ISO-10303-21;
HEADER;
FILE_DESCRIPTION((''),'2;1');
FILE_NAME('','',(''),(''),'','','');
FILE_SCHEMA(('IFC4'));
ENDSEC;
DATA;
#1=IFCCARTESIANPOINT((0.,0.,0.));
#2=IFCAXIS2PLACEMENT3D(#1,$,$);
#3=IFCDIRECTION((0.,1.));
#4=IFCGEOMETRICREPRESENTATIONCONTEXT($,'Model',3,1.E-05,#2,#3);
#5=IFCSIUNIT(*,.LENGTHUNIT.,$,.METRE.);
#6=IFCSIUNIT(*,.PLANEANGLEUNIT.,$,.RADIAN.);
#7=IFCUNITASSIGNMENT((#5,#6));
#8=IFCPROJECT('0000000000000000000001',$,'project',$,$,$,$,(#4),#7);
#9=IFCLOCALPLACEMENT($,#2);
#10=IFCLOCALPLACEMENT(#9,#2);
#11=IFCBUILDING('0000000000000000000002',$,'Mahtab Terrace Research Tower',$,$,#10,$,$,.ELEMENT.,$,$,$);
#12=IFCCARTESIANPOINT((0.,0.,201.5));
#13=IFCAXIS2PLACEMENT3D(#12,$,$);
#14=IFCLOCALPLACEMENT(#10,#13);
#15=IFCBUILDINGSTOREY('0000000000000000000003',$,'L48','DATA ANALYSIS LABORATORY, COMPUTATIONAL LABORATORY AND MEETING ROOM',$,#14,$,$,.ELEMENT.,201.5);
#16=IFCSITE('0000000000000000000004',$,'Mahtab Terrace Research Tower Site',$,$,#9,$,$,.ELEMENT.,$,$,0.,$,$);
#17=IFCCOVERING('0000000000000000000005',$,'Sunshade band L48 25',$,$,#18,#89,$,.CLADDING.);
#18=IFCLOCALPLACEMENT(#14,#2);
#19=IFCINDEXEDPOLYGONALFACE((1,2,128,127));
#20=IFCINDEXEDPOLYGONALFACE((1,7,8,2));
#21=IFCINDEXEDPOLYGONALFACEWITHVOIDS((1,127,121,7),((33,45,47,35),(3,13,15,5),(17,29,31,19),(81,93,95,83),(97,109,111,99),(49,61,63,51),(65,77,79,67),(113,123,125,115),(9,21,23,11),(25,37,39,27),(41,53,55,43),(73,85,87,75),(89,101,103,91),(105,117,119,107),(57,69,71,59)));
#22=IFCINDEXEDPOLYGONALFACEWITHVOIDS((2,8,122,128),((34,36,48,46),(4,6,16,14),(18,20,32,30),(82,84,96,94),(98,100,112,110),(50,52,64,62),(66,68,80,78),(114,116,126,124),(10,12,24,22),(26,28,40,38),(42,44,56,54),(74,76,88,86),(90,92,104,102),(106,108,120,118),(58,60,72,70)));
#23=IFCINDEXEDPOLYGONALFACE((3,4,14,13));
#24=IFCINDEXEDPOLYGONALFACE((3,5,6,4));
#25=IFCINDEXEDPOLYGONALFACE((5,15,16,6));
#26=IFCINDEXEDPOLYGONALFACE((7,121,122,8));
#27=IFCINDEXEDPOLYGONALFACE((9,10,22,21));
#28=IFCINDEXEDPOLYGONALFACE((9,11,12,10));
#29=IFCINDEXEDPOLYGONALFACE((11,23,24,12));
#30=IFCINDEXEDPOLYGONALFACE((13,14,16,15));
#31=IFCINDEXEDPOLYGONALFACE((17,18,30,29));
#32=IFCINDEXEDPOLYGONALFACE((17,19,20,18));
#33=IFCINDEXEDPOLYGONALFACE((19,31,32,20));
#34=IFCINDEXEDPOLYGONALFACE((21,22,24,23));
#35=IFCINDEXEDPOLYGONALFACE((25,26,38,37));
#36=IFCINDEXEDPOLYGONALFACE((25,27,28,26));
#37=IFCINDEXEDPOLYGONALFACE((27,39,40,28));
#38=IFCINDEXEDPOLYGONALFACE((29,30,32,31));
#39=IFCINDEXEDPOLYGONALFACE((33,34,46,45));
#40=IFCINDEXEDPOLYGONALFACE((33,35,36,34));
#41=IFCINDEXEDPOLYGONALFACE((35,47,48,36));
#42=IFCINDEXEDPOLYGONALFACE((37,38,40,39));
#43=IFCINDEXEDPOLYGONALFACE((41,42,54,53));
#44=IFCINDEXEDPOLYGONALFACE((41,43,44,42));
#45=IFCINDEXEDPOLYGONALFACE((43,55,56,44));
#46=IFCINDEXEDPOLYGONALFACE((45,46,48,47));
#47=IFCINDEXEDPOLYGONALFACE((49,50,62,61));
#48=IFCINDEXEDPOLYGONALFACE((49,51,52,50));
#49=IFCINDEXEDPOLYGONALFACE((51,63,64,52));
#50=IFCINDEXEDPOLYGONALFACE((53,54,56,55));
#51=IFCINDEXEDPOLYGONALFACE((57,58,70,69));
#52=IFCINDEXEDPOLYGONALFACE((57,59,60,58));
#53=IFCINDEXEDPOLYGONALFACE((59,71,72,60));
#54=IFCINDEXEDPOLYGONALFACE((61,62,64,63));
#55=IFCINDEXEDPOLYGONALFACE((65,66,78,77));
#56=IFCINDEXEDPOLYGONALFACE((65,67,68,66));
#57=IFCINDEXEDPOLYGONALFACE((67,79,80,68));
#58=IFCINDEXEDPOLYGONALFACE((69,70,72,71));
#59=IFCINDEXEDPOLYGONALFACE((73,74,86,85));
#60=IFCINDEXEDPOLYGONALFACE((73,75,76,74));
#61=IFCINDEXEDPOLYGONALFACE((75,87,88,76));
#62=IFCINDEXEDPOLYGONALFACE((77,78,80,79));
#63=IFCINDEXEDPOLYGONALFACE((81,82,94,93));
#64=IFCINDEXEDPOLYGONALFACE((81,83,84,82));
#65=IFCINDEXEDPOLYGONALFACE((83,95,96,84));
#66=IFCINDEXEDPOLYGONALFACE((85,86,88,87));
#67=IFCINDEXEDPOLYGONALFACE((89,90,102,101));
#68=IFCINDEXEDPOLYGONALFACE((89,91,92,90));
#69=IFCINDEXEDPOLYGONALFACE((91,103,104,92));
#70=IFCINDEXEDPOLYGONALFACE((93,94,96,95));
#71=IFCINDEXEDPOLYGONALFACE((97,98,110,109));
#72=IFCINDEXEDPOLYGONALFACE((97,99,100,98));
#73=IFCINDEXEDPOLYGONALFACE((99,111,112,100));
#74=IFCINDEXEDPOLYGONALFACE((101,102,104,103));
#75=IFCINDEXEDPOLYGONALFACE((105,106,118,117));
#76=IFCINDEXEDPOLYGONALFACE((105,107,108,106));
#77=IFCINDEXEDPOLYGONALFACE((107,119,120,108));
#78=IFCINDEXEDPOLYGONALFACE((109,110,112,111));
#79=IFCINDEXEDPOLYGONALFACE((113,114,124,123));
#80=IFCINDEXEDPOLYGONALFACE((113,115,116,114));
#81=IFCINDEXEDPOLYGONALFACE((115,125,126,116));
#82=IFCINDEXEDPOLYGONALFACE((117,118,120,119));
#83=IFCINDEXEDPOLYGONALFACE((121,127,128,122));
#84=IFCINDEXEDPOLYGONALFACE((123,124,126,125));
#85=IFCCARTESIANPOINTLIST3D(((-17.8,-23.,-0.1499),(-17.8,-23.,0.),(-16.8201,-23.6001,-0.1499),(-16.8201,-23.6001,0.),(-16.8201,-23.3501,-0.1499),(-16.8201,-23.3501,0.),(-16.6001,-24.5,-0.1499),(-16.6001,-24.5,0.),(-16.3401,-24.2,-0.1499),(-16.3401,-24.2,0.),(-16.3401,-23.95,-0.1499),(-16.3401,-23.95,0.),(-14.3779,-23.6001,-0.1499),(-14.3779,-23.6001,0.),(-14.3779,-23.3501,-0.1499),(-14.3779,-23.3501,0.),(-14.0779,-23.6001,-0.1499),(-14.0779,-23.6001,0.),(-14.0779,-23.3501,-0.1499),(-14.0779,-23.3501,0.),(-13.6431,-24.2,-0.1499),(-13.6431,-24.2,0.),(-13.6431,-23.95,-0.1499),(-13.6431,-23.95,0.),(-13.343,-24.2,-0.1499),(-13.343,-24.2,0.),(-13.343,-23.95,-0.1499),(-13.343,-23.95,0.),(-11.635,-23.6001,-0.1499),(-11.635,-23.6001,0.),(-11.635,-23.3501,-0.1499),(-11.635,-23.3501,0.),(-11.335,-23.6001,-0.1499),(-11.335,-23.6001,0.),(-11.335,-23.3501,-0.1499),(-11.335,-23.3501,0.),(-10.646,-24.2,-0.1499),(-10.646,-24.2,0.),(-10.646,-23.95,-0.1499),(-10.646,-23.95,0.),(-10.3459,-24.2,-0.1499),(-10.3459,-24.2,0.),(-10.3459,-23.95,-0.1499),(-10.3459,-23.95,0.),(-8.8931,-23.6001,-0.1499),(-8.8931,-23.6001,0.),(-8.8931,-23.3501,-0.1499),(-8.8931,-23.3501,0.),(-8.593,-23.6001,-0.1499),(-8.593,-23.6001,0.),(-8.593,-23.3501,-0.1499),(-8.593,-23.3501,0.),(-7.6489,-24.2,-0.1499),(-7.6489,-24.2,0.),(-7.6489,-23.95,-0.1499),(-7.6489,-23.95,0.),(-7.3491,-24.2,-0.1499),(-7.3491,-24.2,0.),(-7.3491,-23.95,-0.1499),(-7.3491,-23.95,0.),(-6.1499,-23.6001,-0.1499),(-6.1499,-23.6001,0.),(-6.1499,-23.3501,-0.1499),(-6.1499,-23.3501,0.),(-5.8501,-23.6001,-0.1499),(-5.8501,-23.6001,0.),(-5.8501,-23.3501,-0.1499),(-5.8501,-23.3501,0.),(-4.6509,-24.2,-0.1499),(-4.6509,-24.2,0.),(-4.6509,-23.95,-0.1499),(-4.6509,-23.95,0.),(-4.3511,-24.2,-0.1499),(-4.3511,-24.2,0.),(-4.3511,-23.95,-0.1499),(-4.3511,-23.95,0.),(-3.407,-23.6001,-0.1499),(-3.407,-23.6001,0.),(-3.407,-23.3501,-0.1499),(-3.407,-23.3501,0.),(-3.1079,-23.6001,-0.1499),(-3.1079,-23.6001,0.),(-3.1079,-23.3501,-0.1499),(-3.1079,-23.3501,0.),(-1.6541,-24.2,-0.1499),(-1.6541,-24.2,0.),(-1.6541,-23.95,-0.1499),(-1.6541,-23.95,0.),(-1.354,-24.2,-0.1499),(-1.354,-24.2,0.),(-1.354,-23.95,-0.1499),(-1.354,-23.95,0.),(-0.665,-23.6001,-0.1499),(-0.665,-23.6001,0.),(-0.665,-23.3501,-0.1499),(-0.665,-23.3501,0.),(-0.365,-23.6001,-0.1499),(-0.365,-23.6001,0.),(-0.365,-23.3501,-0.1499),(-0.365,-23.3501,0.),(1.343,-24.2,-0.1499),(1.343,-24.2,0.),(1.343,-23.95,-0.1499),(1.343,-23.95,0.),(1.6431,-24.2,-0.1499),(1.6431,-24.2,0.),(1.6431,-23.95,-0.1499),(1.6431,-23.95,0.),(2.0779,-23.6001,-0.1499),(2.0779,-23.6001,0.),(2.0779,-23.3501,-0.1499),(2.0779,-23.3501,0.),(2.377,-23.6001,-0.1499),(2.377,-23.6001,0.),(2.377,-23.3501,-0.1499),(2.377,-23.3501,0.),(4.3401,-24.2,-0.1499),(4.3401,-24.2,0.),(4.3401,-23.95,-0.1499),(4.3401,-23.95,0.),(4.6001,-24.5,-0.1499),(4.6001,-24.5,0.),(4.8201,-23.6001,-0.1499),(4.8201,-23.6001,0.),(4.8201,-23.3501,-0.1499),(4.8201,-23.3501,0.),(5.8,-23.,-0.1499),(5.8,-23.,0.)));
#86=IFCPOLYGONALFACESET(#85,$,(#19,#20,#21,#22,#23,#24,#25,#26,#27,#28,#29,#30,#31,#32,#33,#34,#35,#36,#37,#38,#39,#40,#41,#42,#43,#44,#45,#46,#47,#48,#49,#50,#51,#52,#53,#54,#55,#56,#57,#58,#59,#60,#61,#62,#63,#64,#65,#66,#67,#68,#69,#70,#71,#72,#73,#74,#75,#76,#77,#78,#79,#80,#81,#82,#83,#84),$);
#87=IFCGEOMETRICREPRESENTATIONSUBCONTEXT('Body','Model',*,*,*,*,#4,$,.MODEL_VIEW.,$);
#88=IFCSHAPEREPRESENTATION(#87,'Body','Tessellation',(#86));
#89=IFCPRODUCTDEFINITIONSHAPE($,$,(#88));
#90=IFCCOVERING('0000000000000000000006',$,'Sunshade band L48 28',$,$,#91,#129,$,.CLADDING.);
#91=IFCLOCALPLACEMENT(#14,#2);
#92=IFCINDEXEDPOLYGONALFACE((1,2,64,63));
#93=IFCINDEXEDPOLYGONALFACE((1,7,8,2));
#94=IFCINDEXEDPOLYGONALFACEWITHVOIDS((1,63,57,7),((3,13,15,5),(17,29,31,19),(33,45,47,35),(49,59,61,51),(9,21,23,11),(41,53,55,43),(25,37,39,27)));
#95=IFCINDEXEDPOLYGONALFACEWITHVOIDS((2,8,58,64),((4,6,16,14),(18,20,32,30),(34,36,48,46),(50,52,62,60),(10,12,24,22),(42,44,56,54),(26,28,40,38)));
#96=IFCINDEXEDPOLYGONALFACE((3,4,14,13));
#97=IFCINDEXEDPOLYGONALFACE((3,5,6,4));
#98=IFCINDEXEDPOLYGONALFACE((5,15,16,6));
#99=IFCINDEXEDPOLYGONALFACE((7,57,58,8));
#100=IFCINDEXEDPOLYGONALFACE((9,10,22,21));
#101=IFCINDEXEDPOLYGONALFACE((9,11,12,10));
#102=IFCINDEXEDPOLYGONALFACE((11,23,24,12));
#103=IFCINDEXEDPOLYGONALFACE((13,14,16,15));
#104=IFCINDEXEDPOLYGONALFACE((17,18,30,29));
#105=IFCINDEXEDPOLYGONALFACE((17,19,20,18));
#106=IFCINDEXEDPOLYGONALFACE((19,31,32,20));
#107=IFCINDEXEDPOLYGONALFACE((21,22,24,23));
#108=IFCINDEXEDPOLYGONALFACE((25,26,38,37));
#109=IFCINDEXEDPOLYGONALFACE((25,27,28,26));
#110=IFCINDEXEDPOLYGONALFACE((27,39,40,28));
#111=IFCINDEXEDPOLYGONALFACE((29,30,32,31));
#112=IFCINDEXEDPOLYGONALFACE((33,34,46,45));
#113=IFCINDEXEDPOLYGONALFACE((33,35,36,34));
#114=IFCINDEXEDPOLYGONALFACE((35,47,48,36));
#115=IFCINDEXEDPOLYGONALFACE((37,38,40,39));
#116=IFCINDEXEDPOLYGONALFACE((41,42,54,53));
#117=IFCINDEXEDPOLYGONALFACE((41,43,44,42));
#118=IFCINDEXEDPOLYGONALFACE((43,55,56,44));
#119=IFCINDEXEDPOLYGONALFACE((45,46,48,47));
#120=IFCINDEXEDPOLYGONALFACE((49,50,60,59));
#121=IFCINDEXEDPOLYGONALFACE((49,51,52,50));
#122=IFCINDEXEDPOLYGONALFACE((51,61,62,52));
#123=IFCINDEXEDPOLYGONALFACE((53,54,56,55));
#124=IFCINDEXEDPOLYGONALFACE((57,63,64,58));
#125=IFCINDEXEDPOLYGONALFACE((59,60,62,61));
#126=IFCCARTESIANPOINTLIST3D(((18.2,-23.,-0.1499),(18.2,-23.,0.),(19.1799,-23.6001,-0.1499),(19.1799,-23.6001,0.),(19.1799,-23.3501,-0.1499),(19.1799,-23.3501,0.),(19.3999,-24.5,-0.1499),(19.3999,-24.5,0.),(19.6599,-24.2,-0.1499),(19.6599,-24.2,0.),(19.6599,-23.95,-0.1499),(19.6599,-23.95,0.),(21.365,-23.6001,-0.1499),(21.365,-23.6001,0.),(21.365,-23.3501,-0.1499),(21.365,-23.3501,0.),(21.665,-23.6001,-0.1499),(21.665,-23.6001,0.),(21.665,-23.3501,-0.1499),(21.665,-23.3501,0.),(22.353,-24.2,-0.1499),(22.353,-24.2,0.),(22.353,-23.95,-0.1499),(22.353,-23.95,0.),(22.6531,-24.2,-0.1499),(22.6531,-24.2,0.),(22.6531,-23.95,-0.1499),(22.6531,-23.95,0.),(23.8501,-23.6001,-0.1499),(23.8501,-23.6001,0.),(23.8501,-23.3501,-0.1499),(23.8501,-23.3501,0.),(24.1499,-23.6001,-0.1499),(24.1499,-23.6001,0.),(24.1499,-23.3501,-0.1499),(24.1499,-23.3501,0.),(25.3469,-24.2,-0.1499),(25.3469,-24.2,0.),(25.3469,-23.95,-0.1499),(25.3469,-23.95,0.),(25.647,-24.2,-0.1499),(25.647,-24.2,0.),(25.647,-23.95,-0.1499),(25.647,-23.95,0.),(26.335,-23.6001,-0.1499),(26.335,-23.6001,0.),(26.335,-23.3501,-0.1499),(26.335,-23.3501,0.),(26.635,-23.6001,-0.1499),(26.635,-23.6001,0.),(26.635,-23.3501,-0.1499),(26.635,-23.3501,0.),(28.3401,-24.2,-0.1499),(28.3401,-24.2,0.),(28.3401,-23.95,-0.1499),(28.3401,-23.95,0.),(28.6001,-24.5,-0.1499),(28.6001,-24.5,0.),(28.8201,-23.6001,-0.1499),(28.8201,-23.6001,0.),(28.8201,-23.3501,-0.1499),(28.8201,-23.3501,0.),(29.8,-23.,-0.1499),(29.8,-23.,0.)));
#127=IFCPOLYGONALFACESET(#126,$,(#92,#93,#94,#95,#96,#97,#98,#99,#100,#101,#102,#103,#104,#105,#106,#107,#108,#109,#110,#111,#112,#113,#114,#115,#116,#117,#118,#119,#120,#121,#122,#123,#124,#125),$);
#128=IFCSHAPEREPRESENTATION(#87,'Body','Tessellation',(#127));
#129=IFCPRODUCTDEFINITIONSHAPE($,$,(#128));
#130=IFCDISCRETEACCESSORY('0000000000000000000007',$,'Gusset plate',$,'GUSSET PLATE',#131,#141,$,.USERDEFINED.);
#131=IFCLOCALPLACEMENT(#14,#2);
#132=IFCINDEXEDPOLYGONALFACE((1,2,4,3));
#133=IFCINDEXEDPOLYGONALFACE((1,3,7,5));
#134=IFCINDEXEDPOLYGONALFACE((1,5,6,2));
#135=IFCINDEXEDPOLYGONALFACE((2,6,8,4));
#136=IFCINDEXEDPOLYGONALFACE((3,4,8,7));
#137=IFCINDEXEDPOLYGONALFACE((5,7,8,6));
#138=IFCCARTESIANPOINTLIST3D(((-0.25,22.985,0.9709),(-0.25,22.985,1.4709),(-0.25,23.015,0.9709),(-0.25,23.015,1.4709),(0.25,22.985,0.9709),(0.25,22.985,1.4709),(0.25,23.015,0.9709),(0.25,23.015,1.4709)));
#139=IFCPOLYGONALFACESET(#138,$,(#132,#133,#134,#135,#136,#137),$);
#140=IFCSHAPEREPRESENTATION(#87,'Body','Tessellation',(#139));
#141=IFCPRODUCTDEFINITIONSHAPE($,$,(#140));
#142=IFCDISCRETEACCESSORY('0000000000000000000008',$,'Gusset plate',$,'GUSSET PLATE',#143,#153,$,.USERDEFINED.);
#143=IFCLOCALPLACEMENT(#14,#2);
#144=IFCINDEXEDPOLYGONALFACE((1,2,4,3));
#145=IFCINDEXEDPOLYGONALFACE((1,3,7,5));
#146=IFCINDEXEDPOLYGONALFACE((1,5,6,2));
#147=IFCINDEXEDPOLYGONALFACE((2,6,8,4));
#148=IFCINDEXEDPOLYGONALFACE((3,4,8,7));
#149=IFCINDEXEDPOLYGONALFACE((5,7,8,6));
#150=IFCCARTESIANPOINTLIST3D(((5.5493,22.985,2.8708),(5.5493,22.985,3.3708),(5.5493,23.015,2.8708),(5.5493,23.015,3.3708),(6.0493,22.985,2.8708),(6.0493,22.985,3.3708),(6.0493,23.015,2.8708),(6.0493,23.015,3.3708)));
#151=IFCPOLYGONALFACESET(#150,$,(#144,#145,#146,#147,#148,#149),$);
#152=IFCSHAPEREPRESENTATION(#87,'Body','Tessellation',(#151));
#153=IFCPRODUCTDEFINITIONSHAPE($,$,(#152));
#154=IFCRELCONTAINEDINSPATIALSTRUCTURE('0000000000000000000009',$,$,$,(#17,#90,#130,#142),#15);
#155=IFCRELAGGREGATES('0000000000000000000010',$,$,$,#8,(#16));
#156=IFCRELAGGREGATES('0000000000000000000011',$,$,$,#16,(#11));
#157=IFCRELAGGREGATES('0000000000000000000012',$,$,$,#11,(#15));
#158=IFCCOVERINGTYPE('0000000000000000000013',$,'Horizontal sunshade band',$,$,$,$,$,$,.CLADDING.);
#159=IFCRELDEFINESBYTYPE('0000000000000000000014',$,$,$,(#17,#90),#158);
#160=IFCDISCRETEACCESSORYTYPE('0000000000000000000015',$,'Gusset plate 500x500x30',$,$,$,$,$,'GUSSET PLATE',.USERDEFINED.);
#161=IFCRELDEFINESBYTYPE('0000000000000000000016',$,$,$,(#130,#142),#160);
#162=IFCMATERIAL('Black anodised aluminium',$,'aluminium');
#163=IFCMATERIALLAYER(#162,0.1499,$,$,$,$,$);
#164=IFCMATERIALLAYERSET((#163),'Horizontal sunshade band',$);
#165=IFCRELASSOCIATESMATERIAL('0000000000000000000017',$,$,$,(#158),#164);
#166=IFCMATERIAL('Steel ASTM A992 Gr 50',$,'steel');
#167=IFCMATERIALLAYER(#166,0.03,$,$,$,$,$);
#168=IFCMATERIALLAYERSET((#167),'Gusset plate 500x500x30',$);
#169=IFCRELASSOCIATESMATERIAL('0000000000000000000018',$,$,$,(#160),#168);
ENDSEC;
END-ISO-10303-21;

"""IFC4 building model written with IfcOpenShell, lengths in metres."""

from ifc_helpers import new_model, si_unit, direction, frame, origin, origin_2d, place, context, subcontext, project, spatial, polyline, rectangle, outline, extrude, material, layer, layer_set, type_object, element, save


model = new_model("IFC4")

# Units and contexts
model_context = context("Model", 3, precision=1e-05, world=origin(), true_north=direction((0.0, 1.0)))
body_context = subcontext(model_context, "Body", "Model", "MODEL_VIEW")
ifc_project = project(units=[si_unit("LENGTHUNIT", "METRE"), si_unit("PLANEANGLEUNIT", "RADIAN")], contexts=[model_context])

# Site, building, storey
site_placement = place(None, origin())
site = spatial("IfcSite", under=ifc_project, at=site_placement, Name="Mahtab Terrace Research Tower Site", CompositionType="ELEMENT", RefElevation=0.0)
building_placement = place(site_placement, origin())
building = spatial("IfcBuilding", under=site, at=building_placement, Name="Mahtab Terrace Research Tower", CompositionType="ELEMENT")
storey_placement = place(building_placement, frame((0.0, 0.0, 201.5)))
storey = spatial("IfcBuildingStorey", under=building, at=storey_placement, Name="L48", Description="DATA ANALYSIS LABORATORY, COMPUTATIONAL LABORATORY AND MEETING ROOM", CompositionType="ELEMENT", Elevation=201.5)

# Shared definitions
ifc_material_1 = material(Name="Steel ASTM A992 Gr 50", Category="steel")

# Coverings
ifc_material_2 = material(Name="Black anodised aluminium", Category="aluminium")
ifc_layer_1 = layer(ifc_material_2, 0.1499)
ifc_layer_set_1 = layer_set([ifc_layer_1], Name="Horizontal sunshade band")
covering_type_1 = type_object("IfcCoveringType", Name="Horizontal sunshade band", PredefinedType="CLADDING", material=ifc_layer_set_1)
covering_1_placement = place(storey_placement, frame((0.0, 0.0, -0.1499)))
element("IfcCovering", 1, at=covering_1_placement, inside=storey, type_object=covering_type_1, Name="Sunshade band L48 25", PredefinedType="CLADDING", context=body_context, shape_type="SweptSolid", body=[
    extrude(outline(polyline([(-17.8, -23.0), (5.8, -23.0), (4.6001, -24.5), (-16.6001, -24.5), (-17.8, -23.0)]), holes=[polyline([(-16.8201, -23.3501), (-14.3779, -23.3501), (-14.3779, -23.6001), (-16.8201, -23.6001), (-16.8201, -23.3501)]), polyline([(-14.0779, -23.3501), (-11.635, -23.3501), (-11.635, -23.6001), (-14.0779, -23.6001), (-14.0779, -23.3501)]), polyline([(-11.335, -23.3501), (-8.8931, -23.3501), (-8.8931, -23.6001), (-11.335, -23.6001), (-11.335, -23.3501)]), polyline([(-8.593, -23.3501), (-6.1499, -23.3501), (-6.1499, -23.6001), (-8.593, -23.6001), (-8.593, -23.3501)]), polyline([(-5.8501, -23.3501), (-3.407, -23.3501), (-3.407, -23.6001), (-5.8501, -23.6001), (-5.8501, -23.3501)]), polyline([(-3.1079, -23.3501), (-0.665, -23.3501), (-0.665, -23.6001), (-3.1079, -23.6001), (-3.1079, -23.3501)]), polyline([(-0.365, -23.3501), (2.0779, -23.3501), (2.0779, -23.6001), (-0.365, -23.6001), (-0.365, -23.3501)]), polyline([(2.377, -23.3501), (4.8201, -23.3501), (4.8201, -23.6001), (2.377, -23.6001), (2.377, -23.3501)]), polyline([(-16.3401, -23.95), (-13.6431, -23.95), (-13.6431, -24.2), (-16.3401, -24.2), (-16.3401, -23.95)]), polyline([(-13.343, -23.95), (-10.646, -23.95), (-10.646, -24.2), (-13.343, -24.2), (-13.343, -23.95)]), polyline([(-10.3459, -23.95), (-7.6489, -23.95), (-7.6489, -24.2), (-10.3459, -24.2), (-10.3459, -23.95)]), polyline([(-7.3491, -23.95), (-4.6509, -23.95), (-4.6509, -24.2), (-7.3491, -24.2), (-7.3491, -23.95)]), polyline([(-4.3511, -23.95), (-1.6541, -23.95), (-1.6541, -24.2), (-4.3511, -24.2), (-4.3511, -23.95)]), polyline([(-1.354, -23.95), (1.343, -23.95), (1.343, -24.2), (-1.354, -24.2), (-1.354, -23.95)]), polyline([(1.6431, -23.95), (4.3401, -23.95), (4.3401, -24.2), (1.6431, -24.2), (1.6431, -23.95)])]), origin(), (0.0, 0.0, 1.0), 0.1499),
])
covering_2_placement = place(storey_placement, frame((0.0, 0.0, -0.1499)))
element("IfcCovering", 2, at=covering_2_placement, inside=storey, type_object=covering_type_1, Name="Sunshade band L48 28", PredefinedType="CLADDING", context=body_context, shape_type="SweptSolid", body=[
    extrude(outline(polyline([(18.2, -23.0), (29.8, -23.0), (28.6001, -24.5), (19.3999, -24.5), (18.2, -23.0)]), holes=[polyline([(19.1799, -23.3501), (21.365, -23.3501), (21.365, -23.6001), (19.1799, -23.6001), (19.1799, -23.3501)]), polyline([(21.665, -23.3501), (23.8501, -23.3501), (23.8501, -23.6001), (21.665, -23.6001), (21.665, -23.3501)]), polyline([(24.1499, -23.3501), (26.335, -23.3501), (26.335, -23.6001), (24.1499, -23.6001), (24.1499, -23.3501)]), polyline([(26.635, -23.3501), (28.8201, -23.3501), (28.8201, -23.6001), (26.635, -23.6001), (26.635, -23.3501)]), polyline([(19.6599, -23.95), (22.353, -23.95), (22.353, -24.2), (19.6599, -24.2), (19.6599, -23.95)]), polyline([(22.6531, -23.95), (25.3469, -23.95), (25.3469, -24.2), (22.6531, -24.2), (22.6531, -23.95)]), polyline([(25.647, -23.95), (28.3401, -23.95), (28.3401, -24.2), (25.647, -24.2), (25.647, -23.95)])]), origin(), (0.0, 0.0, 1.0), 0.1499),
])

# Discrete accessories
ifc_layer_2 = layer(ifc_material_1, 0.03)
ifc_layer_set_2 = layer_set([ifc_layer_2], Name="Gusset plate 500x500x30")
discrete_accessory_type = type_object("IfcDiscreteAccessoryType", Name="Gusset plate 500x500x30", ElementType="GUSSET PLATE", PredefinedType="USERDEFINED", material=ifc_layer_set_2)
for number, where, z_axis, x_axis, name in (
    (3, (0.0, 23.0, 0.9709), (0.0, 0.0, 1.0), (1.0, 0.0, 0.0), "Gusset plate"),
    (4, (5.7993, 23.0, 2.8708), (0.0, 0.0, 1.0), (1.0, 0.0, 0.0), "Gusset plate"),
):
    element("IfcDiscreteAccessory", number, at=place(storey_placement, frame(where, z_axis=z_axis, x_axis=x_axis)), inside=storey, type_object=discrete_accessory_type, Name=name, ObjectType="GUSSET PLATE", PredefinedType="USERDEFINED", context=body_context, shape_type="SweptSolid", body=[
        extrude(rectangle(XDim=0.5, YDim=0.03, at=origin_2d()), origin(), (0.0, 0.0, 1.0), 0.5),
    ])

save(model, "model.ifc")
